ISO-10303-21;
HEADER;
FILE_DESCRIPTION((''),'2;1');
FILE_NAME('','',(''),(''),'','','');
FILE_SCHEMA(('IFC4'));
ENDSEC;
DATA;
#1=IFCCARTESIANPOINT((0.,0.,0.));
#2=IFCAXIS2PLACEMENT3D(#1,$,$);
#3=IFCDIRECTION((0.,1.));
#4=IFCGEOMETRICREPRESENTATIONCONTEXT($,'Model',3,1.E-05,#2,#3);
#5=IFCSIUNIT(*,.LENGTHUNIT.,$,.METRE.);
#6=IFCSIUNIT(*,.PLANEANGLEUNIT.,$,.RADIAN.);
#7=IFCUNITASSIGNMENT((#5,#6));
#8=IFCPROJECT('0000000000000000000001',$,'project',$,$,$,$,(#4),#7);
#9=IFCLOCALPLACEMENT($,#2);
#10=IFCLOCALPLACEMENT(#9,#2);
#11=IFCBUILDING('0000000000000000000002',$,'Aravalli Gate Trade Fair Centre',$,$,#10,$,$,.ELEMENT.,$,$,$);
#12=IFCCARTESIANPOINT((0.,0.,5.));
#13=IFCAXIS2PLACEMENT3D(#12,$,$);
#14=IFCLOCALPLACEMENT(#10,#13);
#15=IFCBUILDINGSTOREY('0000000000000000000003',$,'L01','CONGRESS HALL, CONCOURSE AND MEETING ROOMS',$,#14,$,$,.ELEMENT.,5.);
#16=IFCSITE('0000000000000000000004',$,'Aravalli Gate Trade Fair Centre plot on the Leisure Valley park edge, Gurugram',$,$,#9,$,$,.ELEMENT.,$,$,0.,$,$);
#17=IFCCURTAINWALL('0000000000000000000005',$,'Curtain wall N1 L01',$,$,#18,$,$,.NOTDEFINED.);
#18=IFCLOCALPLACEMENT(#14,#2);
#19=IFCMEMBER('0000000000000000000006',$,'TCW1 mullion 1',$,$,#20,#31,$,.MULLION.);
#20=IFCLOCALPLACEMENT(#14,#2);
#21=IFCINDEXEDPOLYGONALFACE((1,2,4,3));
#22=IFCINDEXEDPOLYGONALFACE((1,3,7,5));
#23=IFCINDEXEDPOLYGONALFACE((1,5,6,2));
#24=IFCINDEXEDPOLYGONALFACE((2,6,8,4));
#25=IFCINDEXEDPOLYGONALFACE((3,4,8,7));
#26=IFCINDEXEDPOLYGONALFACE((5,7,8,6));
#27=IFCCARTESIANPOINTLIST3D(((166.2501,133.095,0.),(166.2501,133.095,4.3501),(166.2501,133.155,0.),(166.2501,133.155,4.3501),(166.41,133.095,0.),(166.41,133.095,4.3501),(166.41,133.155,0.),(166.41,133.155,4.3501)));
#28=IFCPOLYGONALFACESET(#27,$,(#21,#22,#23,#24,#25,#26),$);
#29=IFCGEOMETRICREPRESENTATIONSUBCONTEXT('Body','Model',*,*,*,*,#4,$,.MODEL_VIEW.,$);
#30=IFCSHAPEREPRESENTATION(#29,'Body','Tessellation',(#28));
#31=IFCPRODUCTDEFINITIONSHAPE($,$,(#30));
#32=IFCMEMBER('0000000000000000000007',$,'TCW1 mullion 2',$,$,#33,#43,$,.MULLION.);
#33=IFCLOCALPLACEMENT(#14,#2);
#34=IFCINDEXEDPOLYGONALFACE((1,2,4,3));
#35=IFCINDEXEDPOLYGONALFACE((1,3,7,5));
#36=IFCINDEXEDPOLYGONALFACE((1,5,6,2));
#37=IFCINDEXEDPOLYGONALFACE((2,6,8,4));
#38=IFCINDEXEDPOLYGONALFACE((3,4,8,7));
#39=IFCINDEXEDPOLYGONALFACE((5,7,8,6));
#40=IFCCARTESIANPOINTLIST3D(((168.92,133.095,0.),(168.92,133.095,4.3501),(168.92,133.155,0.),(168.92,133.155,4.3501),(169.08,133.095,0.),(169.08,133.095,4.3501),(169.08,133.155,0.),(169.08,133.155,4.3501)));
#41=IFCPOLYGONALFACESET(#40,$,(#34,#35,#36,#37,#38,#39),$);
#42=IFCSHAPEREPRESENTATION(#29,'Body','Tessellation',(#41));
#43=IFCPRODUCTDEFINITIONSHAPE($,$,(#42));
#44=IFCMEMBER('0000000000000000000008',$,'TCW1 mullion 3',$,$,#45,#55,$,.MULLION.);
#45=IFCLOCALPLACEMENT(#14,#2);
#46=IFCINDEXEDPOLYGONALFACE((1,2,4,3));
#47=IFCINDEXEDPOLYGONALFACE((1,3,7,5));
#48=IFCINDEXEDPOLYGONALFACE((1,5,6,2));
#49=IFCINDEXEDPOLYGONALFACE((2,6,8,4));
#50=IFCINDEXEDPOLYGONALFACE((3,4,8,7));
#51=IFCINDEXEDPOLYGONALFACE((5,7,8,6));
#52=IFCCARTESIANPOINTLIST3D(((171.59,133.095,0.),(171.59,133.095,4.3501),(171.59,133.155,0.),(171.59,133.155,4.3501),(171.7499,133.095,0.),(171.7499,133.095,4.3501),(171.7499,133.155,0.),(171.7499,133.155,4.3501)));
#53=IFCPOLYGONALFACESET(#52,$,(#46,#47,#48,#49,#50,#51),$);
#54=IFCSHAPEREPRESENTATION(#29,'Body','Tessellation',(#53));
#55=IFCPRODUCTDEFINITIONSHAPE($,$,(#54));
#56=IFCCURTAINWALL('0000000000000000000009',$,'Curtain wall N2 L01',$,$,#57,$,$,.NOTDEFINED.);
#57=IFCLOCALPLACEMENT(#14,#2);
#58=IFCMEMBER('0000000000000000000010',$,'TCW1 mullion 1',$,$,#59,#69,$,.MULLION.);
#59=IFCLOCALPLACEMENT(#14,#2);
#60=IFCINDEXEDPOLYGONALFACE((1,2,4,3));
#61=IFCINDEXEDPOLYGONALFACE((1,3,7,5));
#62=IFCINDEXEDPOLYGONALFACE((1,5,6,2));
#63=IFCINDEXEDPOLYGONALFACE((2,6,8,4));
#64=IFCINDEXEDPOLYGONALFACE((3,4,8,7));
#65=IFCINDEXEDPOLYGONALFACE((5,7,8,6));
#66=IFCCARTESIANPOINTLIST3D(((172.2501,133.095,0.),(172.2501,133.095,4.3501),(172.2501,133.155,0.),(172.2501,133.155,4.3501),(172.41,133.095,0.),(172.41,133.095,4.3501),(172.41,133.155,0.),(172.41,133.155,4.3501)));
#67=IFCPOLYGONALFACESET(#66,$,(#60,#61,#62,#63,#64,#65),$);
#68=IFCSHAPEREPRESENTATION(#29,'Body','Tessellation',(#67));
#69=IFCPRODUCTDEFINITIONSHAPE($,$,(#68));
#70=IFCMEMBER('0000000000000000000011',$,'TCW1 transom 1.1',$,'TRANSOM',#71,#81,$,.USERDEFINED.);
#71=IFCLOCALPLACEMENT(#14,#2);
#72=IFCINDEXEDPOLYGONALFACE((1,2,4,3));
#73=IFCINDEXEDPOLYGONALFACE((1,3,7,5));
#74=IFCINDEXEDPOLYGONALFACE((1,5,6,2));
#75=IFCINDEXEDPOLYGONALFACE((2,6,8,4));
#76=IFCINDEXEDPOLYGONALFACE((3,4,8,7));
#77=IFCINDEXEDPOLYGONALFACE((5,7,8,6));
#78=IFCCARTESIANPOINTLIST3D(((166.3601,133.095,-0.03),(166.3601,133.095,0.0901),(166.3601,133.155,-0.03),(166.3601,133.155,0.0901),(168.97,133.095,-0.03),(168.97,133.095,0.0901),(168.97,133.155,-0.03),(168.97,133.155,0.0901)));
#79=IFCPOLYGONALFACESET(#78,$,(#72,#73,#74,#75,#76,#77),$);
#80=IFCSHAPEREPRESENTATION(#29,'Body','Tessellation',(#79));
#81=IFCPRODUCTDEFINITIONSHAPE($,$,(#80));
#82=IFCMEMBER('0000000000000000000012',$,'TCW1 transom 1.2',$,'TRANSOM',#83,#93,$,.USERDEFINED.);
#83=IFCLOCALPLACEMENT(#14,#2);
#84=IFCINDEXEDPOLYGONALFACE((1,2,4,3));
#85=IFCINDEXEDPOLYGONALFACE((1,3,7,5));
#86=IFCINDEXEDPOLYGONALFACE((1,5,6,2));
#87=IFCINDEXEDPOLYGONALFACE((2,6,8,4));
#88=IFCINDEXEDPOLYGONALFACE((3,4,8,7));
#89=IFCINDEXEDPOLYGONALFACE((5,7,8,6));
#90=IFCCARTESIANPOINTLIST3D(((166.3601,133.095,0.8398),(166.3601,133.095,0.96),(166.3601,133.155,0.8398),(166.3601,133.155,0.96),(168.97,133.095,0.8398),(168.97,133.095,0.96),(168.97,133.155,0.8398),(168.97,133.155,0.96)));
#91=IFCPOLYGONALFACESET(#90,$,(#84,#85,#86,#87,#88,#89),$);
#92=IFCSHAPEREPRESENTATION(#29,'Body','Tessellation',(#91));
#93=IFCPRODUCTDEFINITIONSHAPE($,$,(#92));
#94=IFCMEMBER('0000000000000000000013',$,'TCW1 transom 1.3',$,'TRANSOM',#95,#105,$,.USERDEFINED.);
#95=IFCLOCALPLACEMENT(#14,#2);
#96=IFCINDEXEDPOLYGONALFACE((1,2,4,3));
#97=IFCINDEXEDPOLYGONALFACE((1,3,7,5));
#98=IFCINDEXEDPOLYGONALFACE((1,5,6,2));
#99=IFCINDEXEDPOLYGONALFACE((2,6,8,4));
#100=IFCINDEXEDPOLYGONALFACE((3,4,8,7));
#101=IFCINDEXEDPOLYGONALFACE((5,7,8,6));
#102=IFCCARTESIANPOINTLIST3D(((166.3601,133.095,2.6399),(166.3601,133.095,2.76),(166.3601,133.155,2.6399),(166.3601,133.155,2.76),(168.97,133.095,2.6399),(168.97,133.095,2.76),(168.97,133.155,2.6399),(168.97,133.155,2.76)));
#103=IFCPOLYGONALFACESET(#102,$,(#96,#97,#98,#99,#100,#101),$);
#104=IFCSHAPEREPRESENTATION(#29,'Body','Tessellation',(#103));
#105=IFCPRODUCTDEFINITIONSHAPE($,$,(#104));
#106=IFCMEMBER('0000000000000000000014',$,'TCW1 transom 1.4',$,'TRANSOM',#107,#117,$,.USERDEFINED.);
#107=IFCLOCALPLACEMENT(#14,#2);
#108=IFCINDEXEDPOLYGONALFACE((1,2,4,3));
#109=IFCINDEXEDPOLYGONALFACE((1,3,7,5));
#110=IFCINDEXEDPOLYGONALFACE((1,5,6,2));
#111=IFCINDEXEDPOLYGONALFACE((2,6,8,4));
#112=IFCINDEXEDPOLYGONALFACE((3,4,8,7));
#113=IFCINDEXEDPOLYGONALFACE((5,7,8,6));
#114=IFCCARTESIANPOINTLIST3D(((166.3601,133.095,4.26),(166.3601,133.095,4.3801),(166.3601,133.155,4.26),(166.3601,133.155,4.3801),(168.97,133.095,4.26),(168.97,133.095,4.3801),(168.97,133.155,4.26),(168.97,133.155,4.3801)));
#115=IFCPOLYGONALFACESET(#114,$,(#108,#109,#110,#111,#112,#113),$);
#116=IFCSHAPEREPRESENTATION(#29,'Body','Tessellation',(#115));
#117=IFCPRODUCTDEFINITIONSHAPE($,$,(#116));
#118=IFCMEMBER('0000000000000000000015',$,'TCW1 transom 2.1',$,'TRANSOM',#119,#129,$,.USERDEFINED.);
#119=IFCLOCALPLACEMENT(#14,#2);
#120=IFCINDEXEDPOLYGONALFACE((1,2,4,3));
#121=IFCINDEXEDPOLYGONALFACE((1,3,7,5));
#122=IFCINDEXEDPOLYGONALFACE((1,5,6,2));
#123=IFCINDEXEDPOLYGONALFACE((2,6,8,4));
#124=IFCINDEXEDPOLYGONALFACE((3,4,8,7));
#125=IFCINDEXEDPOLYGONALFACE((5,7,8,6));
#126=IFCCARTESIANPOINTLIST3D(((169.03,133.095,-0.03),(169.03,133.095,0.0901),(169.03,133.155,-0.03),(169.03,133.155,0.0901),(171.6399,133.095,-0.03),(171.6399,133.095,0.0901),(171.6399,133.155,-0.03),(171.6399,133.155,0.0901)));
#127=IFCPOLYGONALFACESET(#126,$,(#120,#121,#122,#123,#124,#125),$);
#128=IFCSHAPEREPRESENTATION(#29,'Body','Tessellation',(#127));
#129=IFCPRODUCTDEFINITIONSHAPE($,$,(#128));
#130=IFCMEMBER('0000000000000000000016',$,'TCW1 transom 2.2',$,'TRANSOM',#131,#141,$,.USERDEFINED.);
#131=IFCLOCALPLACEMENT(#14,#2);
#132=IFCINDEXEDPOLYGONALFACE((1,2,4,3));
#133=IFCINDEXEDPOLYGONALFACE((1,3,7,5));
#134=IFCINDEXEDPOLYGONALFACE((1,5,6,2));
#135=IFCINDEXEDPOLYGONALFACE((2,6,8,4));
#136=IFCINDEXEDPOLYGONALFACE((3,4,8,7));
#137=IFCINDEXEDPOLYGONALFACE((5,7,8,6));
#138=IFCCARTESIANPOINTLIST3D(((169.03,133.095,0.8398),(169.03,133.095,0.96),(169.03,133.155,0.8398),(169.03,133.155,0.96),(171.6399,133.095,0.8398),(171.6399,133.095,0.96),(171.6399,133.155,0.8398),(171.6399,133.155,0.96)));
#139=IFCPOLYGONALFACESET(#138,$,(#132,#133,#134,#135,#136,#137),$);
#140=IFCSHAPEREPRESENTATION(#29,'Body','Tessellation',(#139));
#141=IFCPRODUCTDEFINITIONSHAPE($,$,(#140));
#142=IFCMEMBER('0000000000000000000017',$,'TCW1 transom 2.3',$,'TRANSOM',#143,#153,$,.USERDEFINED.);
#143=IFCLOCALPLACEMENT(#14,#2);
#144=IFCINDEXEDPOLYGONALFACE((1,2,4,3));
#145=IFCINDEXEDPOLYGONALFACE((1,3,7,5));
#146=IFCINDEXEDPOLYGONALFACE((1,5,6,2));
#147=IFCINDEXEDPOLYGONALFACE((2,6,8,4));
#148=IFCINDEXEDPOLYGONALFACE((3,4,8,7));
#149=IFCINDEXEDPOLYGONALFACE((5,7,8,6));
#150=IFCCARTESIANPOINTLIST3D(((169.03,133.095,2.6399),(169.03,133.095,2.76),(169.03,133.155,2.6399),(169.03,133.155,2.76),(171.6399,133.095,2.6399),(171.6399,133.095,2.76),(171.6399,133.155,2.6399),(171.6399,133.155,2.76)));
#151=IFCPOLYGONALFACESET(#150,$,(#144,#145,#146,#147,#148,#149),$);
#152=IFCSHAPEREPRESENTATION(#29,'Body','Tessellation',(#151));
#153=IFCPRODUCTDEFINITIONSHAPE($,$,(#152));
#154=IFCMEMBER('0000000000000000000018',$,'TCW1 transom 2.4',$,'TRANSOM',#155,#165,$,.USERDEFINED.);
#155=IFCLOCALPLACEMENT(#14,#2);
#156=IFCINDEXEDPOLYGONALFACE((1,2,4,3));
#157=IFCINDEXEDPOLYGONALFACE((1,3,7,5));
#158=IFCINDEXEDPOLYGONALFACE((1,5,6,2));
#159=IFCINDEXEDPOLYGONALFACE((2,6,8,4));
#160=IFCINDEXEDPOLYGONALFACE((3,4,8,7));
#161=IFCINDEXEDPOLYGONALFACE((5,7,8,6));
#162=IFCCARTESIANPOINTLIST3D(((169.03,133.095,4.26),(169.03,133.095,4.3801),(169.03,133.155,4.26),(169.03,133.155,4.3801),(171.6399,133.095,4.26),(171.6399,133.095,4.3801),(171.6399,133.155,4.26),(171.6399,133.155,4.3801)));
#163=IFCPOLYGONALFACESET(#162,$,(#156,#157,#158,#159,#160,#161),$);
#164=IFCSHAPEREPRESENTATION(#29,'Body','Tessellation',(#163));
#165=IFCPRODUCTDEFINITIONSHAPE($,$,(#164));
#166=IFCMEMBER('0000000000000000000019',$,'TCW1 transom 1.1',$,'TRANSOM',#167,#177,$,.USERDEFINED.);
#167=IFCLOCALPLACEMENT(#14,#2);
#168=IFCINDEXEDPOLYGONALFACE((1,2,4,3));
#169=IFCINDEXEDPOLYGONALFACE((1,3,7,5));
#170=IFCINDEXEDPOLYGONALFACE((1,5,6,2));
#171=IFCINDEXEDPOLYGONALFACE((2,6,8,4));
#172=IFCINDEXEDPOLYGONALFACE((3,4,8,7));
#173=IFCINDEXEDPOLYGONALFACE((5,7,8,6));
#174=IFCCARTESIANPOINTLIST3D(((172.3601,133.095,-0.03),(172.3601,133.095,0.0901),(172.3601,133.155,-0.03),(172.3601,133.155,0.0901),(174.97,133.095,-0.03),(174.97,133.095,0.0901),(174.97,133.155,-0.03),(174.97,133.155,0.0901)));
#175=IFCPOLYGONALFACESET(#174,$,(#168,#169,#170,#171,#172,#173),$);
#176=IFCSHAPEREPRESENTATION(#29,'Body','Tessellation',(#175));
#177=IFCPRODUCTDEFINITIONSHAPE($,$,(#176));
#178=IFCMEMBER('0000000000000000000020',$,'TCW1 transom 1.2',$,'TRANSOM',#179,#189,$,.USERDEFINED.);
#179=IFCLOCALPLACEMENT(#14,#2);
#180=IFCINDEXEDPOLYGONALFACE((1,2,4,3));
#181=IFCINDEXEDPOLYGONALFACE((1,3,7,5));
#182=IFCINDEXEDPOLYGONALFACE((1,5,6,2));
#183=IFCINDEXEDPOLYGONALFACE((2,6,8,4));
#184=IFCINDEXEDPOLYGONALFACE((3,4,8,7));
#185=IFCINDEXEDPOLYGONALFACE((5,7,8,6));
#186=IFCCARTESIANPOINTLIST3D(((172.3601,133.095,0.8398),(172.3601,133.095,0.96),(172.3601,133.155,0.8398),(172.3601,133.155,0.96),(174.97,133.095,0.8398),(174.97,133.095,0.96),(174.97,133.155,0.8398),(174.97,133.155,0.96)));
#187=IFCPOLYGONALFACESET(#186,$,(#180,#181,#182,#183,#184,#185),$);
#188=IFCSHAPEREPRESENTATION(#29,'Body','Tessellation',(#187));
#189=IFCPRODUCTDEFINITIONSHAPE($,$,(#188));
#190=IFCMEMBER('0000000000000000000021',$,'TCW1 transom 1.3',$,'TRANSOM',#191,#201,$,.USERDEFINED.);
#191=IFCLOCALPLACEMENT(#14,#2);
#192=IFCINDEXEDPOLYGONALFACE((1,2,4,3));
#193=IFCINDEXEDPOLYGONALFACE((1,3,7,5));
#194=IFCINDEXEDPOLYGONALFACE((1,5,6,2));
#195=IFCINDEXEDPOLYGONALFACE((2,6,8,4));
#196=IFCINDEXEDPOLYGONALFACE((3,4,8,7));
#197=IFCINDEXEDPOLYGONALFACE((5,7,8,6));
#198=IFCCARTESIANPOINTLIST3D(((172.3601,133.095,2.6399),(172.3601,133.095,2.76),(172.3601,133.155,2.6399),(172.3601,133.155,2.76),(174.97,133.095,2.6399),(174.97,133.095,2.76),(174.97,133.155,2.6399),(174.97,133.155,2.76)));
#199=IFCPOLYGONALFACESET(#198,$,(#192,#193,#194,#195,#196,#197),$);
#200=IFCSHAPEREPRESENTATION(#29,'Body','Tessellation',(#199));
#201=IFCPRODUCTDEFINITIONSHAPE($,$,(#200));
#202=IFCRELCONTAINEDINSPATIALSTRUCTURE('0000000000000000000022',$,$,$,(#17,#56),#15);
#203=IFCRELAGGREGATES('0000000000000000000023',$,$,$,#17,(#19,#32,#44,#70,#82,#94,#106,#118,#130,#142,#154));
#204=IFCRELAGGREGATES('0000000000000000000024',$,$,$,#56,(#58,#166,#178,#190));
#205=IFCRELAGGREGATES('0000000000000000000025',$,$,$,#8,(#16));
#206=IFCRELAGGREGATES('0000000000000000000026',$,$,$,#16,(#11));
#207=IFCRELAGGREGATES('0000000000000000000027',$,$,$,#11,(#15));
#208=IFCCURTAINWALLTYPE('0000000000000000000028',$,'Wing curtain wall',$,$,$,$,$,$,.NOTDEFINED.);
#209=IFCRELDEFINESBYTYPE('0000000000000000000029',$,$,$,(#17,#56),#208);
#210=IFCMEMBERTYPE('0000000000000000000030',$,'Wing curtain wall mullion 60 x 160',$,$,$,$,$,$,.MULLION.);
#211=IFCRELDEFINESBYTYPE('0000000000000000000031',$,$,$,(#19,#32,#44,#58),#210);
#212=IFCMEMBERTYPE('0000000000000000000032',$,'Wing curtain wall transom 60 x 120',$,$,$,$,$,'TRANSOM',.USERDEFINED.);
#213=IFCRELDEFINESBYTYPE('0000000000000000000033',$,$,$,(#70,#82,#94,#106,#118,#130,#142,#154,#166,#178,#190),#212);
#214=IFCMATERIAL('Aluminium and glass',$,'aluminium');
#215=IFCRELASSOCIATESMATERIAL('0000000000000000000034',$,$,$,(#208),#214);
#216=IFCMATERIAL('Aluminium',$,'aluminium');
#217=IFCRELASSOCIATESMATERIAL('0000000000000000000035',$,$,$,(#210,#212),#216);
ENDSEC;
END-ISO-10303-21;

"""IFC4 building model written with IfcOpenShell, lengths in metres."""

from ifc_helpers import new_model, si_unit, direction, frame, origin, origin_2d, place, context, subcontext, project, spatial, rectangle, extrude, material, material_profile, profile_set, type_object, element, aggregate, save


model = new_model("IFC4")

# Units and contexts
model_context = context("Model", 3, precision=1e-05, world=origin(), true_north=direction((0.0, 1.0)))
body_context = subcontext(model_context, "Body", "Model", "MODEL_VIEW")
ifc_project = project(units=[si_unit("LENGTHUNIT", "METRE"), si_unit("PLANEANGLEUNIT", "RADIAN")], contexts=[model_context])

# Site, building, storey
site_placement = place(None, origin())
site = spatial("IfcSite", under=ifc_project, at=site_placement, Name="Aravalli Gate Trade Fair Centre plot on the Leisure Valley park edge, Gurugram", CompositionType="ELEMENT", RefElevation=0.0)
building_placement = place(site_placement, origin())
building = spatial("IfcBuilding", under=site, at=building_placement, Name="Aravalli Gate Trade Fair Centre", CompositionType="ELEMENT")
storey_placement = place(building_placement, frame((0.0, 0.0, 5.0)))
storey = spatial("IfcBuildingStorey", under=building, at=storey_placement, Name="L01", Description="CONGRESS HALL, CONCOURSE AND MEETING ROOMS", CompositionType="ELEMENT", Elevation=5.0)

# Shared definitions
ifc_material_1 = material(Name="Aluminium and glass", Category="aluminium")
curtain_wall_type = type_object("IfcCurtainWallType", Name="Wing curtain wall", PredefinedType="NOTDEFINED", material=ifc_material_1)
ifc_material_2 = material(Name="Aluminium", Category="aluminium")
ifc_material_profile_1 = material_profile(ifc_material_2, rectangle(XDim=0.0601, YDim=0.1599, at=origin_2d()), Name="Wing curtain wall mullion 60 x 160")
ifc_profile_set_1 = profile_set([ifc_material_profile_1], Name="Aluminium")
member_type_1 = type_object("IfcMemberType", Name="Wing curtain wall mullion 60 x 160", PredefinedType="MULLION", material=ifc_profile_set_1)

# Curtain wall, members
curtain_wall_1_placement = place(storey_placement, origin())
curtain_wall_1 = element("IfcCurtainWall", 1, at=curtain_wall_1_placement, inside=storey, type_object=curtain_wall_type, Name="Curtain wall N1 L01", PredefinedType="NOTDEFINED")
member_1_placement = place(storey_placement, frame((166.3301, 133.125, 0.0), z_axis=(0.0, 0.0, 1.0), x_axis=(0.0, 1.0, 0.0)))
member_1 = element("IfcMember", 2, at=member_1_placement, type_object=member_type_1, Name="TCW1 mullion 1", PredefinedType="MULLION", context=body_context, shape_type="SweptSolid", body=[
    extrude(rectangle(XDim=0.0601, YDim=0.1599, at=origin_2d()), origin(), (0.0, 0.0, 1.0), 4.3501),
])
member_2_placement = place(storey_placement, frame((169.0, 133.125, 0.0), z_axis=(0.0, 0.0, 1.0), x_axis=(0.0, 1.0, 0.0)))
member_2 = element("IfcMember", 3, at=member_2_placement, type_object=member_type_1, Name="TCW1 mullion 2", PredefinedType="MULLION", context=body_context, shape_type="SweptSolid", body=[
    extrude(rectangle(XDim=0.0601, YDim=0.1599, at=origin_2d()), origin(), (0.0, 0.0, 1.0), 4.3501),
])
member_3_placement = place(storey_placement, frame((171.6699, 133.125, 0.0), z_axis=(0.0, 0.0, 1.0), x_axis=(0.0, 1.0, 0.0)))
member_3 = element("IfcMember", 4, at=member_3_placement, type_object=member_type_1, Name="TCW1 mullion 3", PredefinedType="MULLION", context=body_context, shape_type="SweptSolid", body=[
    extrude(rectangle(XDim=0.0601, YDim=0.1599, at=origin_2d()), origin(), (0.0, 0.0, 1.0), 4.3501),
])

# Curtain wall, member
curtain_wall_2_placement = place(storey_placement, origin())
curtain_wall_2 = element("IfcCurtainWall", 5, at=curtain_wall_2_placement, inside=storey, type_object=curtain_wall_type, Name="Curtain wall N2 L01", PredefinedType="NOTDEFINED")
member_4_placement = place(storey_placement, frame((172.3301, 133.125, 0.0), z_axis=(0.0, 0.0, 1.0), x_axis=(0.0, 1.0, 0.0)))
member_4 = element("IfcMember", 6, at=member_4_placement, type_object=member_type_1, Name="TCW1 mullion 1", PredefinedType="MULLION", context=body_context, shape_type="SweptSolid", body=[
    extrude(rectangle(XDim=0.0601, YDim=0.1599, at=origin_2d()), origin(), (0.0, 0.0, 1.0), 4.3501),
])

# Members
ifc_material_profile_2 = material_profile(ifc_material_2, rectangle(XDim=0.0601, YDim=0.1201, at=origin_2d()), Name="Wing curtain wall transom 60 x 120")
ifc_profile_set_2 = profile_set([ifc_material_profile_2], Name="Aluminium")
member_type_2 = type_object("IfcMemberType", Name="Wing curtain wall transom 60 x 120", ElementType="TRANSOM", PredefinedType="USERDEFINED", material=ifc_profile_set_2)
member_5_placement = place(storey_placement, frame((166.3601, 133.125, 0.03), z_axis=(1.0, 0.0, 0.0), x_axis=(0.0, 1.0, 0.0)))
member_5 = element("IfcMember", 7, at=member_5_placement, type_object=member_type_2, Name="TCW1 transom 1.1", ObjectType="TRANSOM", PredefinedType="USERDEFINED", context=body_context, shape_type="SweptSolid", body=[
    extrude(rectangle(XDim=0.0601, YDim=0.1201, at=origin_2d()), origin(), (0.0, 0.0, 1.0), 2.6099),
])
member_6_placement = place(storey_placement, frame((166.3601, 133.125, 0.8999), z_axis=(1.0, 0.0, 0.0), x_axis=(0.0, 1.0, 0.0)))
member_6 = element("IfcMember", 8, at=member_6_placement, type_object=member_type_2, Name="TCW1 transom 1.2", ObjectType="TRANSOM", PredefinedType="USERDEFINED", context=body_context, shape_type="SweptSolid", body=[
    extrude(rectangle(XDim=0.0601, YDim=0.1201, at=origin_2d()), origin(), (0.0, 0.0, 1.0), 2.6099),
])
member_7_placement = place(storey_placement, frame((166.3601, 133.125, 2.7), z_axis=(1.0, 0.0, 0.0), x_axis=(0.0, 1.0, 0.0)))
member_7 = element("IfcMember", 9, at=member_7_placement, type_object=member_type_2, Name="TCW1 transom 1.3", ObjectType="TRANSOM", PredefinedType="USERDEFINED", context=body_context, shape_type="SweptSolid", body=[
    extrude(rectangle(XDim=0.0601, YDim=0.1201, at=origin_2d()), origin(), (0.0, 0.0, 1.0), 2.6099),
])
member_8_placement = place(storey_placement, frame((166.3601, 133.125, 4.3201), z_axis=(1.0, 0.0, 0.0), x_axis=(0.0, 1.0, 0.0)))
member_8 = element("IfcMember", 10, at=member_8_placement, type_object=member_type_2, Name="TCW1 transom 1.4", ObjectType="TRANSOM", PredefinedType="USERDEFINED", context=body_context, shape_type="SweptSolid", body=[
    extrude(rectangle(XDim=0.0601, YDim=0.1201, at=origin_2d()), origin(), (0.0, 0.0, 1.0), 2.6099),
])
member_9_placement = place(storey_placement, frame((169.03, 133.125, 0.03), z_axis=(1.0, 0.0, 0.0), x_axis=(0.0, 1.0, 0.0)))
member_9 = element("IfcMember", 11, at=member_9_placement, type_object=member_type_2, Name="TCW1 transom 2.1", ObjectType="TRANSOM", PredefinedType="USERDEFINED", context=body_context, shape_type="SweptSolid", body=[
    extrude(rectangle(XDim=0.0601, YDim=0.1201, at=origin_2d()), origin(), (0.0, 0.0, 1.0), 2.6099),
])
member_10_placement = place(storey_placement, frame((169.03, 133.125, 0.8999), z_axis=(1.0, 0.0, 0.0), x_axis=(0.0, 1.0, 0.0)))
member_10 = element("IfcMember", 12, at=member_10_placement, type_object=member_type_2, Name="TCW1 transom 2.2", ObjectType="TRANSOM", PredefinedType="USERDEFINED", context=body_context, shape_type="SweptSolid", body=[
    extrude(rectangle(XDim=0.0601, YDim=0.1201, at=origin_2d()), origin(), (0.0, 0.0, 1.0), 2.6099),
])
member_11_placement = place(storey_placement, frame((169.03, 133.125, 2.7), z_axis=(1.0, 0.0, 0.0), x_axis=(0.0, 1.0, 0.0)))
member_11 = element("IfcMember", 13, at=member_11_placement, type_object=member_type_2, Name="TCW1 transom 2.3", ObjectType="TRANSOM", PredefinedType="USERDEFINED", context=body_context, shape_type="SweptSolid", body=[
    extrude(rectangle(XDim=0.0601, YDim=0.1201, at=origin_2d()), origin(), (0.0, 0.0, 1.0), 2.6099),
])
member_12_placement = place(storey_placement, frame((169.03, 133.125, 4.3201), z_axis=(1.0, 0.0, 0.0), x_axis=(0.0, 1.0, 0.0)))
member_12 = element("IfcMember", 14, at=member_12_placement, type_object=member_type_2, Name="TCW1 transom 2.4", ObjectType="TRANSOM", PredefinedType="USERDEFINED", context=body_context, shape_type="SweptSolid", body=[
    extrude(rectangle(XDim=0.0601, YDim=0.1201, at=origin_2d()), origin(), (0.0, 0.0, 1.0), 2.6099),
])
member_13_placement = place(storey_placement, frame((172.3601, 133.125, 0.03), z_axis=(1.0, 0.0, 0.0), x_axis=(0.0, 1.0, 0.0)))
member_13 = element("IfcMember", 15, at=member_13_placement, type_object=member_type_2, Name="TCW1 transom 1.1", ObjectType="TRANSOM", PredefinedType="USERDEFINED", context=body_context, shape_type="SweptSolid", body=[
    extrude(rectangle(XDim=0.0601, YDim=0.1201, at=origin_2d()), origin(), (0.0, 0.0, 1.0), 2.6099),
])
member_14_placement = place(storey_placement, frame((172.3601, 133.125, 0.8999), z_axis=(1.0, 0.0, 0.0), x_axis=(0.0, 1.0, 0.0)))
member_14 = element("IfcMember", 16, at=member_14_placement, type_object=member_type_2, Name="TCW1 transom 1.2", ObjectType="TRANSOM", PredefinedType="USERDEFINED", context=body_context, shape_type="SweptSolid", body=[
    extrude(rectangle(XDim=0.0601, YDim=0.1201, at=origin_2d()), origin(), (0.0, 0.0, 1.0), 2.6099),
])
member_15_placement = place(storey_placement, frame((172.3601, 133.125, 2.7), z_axis=(1.0, 0.0, 0.0), x_axis=(0.0, 1.0, 0.0)))
member_15 = element("IfcMember", 17, at=member_15_placement, type_object=member_type_2, Name="TCW1 transom 1.3", ObjectType="TRANSOM", PredefinedType="USERDEFINED", context=body_context, shape_type="SweptSolid", body=[
    extrude(rectangle(XDim=0.0601, YDim=0.1201, at=origin_2d()), origin(), (0.0, 0.0, 1.0), 2.6099),
])

aggregate(curtain_wall_1, [member_1, member_2, member_3, member_5, member_6, member_7, member_8, member_9, member_10, member_11, member_12])
aggregate(curtain_wall_2, [member_4, member_13, member_14, member_15])

save(model, "model.ifc")
